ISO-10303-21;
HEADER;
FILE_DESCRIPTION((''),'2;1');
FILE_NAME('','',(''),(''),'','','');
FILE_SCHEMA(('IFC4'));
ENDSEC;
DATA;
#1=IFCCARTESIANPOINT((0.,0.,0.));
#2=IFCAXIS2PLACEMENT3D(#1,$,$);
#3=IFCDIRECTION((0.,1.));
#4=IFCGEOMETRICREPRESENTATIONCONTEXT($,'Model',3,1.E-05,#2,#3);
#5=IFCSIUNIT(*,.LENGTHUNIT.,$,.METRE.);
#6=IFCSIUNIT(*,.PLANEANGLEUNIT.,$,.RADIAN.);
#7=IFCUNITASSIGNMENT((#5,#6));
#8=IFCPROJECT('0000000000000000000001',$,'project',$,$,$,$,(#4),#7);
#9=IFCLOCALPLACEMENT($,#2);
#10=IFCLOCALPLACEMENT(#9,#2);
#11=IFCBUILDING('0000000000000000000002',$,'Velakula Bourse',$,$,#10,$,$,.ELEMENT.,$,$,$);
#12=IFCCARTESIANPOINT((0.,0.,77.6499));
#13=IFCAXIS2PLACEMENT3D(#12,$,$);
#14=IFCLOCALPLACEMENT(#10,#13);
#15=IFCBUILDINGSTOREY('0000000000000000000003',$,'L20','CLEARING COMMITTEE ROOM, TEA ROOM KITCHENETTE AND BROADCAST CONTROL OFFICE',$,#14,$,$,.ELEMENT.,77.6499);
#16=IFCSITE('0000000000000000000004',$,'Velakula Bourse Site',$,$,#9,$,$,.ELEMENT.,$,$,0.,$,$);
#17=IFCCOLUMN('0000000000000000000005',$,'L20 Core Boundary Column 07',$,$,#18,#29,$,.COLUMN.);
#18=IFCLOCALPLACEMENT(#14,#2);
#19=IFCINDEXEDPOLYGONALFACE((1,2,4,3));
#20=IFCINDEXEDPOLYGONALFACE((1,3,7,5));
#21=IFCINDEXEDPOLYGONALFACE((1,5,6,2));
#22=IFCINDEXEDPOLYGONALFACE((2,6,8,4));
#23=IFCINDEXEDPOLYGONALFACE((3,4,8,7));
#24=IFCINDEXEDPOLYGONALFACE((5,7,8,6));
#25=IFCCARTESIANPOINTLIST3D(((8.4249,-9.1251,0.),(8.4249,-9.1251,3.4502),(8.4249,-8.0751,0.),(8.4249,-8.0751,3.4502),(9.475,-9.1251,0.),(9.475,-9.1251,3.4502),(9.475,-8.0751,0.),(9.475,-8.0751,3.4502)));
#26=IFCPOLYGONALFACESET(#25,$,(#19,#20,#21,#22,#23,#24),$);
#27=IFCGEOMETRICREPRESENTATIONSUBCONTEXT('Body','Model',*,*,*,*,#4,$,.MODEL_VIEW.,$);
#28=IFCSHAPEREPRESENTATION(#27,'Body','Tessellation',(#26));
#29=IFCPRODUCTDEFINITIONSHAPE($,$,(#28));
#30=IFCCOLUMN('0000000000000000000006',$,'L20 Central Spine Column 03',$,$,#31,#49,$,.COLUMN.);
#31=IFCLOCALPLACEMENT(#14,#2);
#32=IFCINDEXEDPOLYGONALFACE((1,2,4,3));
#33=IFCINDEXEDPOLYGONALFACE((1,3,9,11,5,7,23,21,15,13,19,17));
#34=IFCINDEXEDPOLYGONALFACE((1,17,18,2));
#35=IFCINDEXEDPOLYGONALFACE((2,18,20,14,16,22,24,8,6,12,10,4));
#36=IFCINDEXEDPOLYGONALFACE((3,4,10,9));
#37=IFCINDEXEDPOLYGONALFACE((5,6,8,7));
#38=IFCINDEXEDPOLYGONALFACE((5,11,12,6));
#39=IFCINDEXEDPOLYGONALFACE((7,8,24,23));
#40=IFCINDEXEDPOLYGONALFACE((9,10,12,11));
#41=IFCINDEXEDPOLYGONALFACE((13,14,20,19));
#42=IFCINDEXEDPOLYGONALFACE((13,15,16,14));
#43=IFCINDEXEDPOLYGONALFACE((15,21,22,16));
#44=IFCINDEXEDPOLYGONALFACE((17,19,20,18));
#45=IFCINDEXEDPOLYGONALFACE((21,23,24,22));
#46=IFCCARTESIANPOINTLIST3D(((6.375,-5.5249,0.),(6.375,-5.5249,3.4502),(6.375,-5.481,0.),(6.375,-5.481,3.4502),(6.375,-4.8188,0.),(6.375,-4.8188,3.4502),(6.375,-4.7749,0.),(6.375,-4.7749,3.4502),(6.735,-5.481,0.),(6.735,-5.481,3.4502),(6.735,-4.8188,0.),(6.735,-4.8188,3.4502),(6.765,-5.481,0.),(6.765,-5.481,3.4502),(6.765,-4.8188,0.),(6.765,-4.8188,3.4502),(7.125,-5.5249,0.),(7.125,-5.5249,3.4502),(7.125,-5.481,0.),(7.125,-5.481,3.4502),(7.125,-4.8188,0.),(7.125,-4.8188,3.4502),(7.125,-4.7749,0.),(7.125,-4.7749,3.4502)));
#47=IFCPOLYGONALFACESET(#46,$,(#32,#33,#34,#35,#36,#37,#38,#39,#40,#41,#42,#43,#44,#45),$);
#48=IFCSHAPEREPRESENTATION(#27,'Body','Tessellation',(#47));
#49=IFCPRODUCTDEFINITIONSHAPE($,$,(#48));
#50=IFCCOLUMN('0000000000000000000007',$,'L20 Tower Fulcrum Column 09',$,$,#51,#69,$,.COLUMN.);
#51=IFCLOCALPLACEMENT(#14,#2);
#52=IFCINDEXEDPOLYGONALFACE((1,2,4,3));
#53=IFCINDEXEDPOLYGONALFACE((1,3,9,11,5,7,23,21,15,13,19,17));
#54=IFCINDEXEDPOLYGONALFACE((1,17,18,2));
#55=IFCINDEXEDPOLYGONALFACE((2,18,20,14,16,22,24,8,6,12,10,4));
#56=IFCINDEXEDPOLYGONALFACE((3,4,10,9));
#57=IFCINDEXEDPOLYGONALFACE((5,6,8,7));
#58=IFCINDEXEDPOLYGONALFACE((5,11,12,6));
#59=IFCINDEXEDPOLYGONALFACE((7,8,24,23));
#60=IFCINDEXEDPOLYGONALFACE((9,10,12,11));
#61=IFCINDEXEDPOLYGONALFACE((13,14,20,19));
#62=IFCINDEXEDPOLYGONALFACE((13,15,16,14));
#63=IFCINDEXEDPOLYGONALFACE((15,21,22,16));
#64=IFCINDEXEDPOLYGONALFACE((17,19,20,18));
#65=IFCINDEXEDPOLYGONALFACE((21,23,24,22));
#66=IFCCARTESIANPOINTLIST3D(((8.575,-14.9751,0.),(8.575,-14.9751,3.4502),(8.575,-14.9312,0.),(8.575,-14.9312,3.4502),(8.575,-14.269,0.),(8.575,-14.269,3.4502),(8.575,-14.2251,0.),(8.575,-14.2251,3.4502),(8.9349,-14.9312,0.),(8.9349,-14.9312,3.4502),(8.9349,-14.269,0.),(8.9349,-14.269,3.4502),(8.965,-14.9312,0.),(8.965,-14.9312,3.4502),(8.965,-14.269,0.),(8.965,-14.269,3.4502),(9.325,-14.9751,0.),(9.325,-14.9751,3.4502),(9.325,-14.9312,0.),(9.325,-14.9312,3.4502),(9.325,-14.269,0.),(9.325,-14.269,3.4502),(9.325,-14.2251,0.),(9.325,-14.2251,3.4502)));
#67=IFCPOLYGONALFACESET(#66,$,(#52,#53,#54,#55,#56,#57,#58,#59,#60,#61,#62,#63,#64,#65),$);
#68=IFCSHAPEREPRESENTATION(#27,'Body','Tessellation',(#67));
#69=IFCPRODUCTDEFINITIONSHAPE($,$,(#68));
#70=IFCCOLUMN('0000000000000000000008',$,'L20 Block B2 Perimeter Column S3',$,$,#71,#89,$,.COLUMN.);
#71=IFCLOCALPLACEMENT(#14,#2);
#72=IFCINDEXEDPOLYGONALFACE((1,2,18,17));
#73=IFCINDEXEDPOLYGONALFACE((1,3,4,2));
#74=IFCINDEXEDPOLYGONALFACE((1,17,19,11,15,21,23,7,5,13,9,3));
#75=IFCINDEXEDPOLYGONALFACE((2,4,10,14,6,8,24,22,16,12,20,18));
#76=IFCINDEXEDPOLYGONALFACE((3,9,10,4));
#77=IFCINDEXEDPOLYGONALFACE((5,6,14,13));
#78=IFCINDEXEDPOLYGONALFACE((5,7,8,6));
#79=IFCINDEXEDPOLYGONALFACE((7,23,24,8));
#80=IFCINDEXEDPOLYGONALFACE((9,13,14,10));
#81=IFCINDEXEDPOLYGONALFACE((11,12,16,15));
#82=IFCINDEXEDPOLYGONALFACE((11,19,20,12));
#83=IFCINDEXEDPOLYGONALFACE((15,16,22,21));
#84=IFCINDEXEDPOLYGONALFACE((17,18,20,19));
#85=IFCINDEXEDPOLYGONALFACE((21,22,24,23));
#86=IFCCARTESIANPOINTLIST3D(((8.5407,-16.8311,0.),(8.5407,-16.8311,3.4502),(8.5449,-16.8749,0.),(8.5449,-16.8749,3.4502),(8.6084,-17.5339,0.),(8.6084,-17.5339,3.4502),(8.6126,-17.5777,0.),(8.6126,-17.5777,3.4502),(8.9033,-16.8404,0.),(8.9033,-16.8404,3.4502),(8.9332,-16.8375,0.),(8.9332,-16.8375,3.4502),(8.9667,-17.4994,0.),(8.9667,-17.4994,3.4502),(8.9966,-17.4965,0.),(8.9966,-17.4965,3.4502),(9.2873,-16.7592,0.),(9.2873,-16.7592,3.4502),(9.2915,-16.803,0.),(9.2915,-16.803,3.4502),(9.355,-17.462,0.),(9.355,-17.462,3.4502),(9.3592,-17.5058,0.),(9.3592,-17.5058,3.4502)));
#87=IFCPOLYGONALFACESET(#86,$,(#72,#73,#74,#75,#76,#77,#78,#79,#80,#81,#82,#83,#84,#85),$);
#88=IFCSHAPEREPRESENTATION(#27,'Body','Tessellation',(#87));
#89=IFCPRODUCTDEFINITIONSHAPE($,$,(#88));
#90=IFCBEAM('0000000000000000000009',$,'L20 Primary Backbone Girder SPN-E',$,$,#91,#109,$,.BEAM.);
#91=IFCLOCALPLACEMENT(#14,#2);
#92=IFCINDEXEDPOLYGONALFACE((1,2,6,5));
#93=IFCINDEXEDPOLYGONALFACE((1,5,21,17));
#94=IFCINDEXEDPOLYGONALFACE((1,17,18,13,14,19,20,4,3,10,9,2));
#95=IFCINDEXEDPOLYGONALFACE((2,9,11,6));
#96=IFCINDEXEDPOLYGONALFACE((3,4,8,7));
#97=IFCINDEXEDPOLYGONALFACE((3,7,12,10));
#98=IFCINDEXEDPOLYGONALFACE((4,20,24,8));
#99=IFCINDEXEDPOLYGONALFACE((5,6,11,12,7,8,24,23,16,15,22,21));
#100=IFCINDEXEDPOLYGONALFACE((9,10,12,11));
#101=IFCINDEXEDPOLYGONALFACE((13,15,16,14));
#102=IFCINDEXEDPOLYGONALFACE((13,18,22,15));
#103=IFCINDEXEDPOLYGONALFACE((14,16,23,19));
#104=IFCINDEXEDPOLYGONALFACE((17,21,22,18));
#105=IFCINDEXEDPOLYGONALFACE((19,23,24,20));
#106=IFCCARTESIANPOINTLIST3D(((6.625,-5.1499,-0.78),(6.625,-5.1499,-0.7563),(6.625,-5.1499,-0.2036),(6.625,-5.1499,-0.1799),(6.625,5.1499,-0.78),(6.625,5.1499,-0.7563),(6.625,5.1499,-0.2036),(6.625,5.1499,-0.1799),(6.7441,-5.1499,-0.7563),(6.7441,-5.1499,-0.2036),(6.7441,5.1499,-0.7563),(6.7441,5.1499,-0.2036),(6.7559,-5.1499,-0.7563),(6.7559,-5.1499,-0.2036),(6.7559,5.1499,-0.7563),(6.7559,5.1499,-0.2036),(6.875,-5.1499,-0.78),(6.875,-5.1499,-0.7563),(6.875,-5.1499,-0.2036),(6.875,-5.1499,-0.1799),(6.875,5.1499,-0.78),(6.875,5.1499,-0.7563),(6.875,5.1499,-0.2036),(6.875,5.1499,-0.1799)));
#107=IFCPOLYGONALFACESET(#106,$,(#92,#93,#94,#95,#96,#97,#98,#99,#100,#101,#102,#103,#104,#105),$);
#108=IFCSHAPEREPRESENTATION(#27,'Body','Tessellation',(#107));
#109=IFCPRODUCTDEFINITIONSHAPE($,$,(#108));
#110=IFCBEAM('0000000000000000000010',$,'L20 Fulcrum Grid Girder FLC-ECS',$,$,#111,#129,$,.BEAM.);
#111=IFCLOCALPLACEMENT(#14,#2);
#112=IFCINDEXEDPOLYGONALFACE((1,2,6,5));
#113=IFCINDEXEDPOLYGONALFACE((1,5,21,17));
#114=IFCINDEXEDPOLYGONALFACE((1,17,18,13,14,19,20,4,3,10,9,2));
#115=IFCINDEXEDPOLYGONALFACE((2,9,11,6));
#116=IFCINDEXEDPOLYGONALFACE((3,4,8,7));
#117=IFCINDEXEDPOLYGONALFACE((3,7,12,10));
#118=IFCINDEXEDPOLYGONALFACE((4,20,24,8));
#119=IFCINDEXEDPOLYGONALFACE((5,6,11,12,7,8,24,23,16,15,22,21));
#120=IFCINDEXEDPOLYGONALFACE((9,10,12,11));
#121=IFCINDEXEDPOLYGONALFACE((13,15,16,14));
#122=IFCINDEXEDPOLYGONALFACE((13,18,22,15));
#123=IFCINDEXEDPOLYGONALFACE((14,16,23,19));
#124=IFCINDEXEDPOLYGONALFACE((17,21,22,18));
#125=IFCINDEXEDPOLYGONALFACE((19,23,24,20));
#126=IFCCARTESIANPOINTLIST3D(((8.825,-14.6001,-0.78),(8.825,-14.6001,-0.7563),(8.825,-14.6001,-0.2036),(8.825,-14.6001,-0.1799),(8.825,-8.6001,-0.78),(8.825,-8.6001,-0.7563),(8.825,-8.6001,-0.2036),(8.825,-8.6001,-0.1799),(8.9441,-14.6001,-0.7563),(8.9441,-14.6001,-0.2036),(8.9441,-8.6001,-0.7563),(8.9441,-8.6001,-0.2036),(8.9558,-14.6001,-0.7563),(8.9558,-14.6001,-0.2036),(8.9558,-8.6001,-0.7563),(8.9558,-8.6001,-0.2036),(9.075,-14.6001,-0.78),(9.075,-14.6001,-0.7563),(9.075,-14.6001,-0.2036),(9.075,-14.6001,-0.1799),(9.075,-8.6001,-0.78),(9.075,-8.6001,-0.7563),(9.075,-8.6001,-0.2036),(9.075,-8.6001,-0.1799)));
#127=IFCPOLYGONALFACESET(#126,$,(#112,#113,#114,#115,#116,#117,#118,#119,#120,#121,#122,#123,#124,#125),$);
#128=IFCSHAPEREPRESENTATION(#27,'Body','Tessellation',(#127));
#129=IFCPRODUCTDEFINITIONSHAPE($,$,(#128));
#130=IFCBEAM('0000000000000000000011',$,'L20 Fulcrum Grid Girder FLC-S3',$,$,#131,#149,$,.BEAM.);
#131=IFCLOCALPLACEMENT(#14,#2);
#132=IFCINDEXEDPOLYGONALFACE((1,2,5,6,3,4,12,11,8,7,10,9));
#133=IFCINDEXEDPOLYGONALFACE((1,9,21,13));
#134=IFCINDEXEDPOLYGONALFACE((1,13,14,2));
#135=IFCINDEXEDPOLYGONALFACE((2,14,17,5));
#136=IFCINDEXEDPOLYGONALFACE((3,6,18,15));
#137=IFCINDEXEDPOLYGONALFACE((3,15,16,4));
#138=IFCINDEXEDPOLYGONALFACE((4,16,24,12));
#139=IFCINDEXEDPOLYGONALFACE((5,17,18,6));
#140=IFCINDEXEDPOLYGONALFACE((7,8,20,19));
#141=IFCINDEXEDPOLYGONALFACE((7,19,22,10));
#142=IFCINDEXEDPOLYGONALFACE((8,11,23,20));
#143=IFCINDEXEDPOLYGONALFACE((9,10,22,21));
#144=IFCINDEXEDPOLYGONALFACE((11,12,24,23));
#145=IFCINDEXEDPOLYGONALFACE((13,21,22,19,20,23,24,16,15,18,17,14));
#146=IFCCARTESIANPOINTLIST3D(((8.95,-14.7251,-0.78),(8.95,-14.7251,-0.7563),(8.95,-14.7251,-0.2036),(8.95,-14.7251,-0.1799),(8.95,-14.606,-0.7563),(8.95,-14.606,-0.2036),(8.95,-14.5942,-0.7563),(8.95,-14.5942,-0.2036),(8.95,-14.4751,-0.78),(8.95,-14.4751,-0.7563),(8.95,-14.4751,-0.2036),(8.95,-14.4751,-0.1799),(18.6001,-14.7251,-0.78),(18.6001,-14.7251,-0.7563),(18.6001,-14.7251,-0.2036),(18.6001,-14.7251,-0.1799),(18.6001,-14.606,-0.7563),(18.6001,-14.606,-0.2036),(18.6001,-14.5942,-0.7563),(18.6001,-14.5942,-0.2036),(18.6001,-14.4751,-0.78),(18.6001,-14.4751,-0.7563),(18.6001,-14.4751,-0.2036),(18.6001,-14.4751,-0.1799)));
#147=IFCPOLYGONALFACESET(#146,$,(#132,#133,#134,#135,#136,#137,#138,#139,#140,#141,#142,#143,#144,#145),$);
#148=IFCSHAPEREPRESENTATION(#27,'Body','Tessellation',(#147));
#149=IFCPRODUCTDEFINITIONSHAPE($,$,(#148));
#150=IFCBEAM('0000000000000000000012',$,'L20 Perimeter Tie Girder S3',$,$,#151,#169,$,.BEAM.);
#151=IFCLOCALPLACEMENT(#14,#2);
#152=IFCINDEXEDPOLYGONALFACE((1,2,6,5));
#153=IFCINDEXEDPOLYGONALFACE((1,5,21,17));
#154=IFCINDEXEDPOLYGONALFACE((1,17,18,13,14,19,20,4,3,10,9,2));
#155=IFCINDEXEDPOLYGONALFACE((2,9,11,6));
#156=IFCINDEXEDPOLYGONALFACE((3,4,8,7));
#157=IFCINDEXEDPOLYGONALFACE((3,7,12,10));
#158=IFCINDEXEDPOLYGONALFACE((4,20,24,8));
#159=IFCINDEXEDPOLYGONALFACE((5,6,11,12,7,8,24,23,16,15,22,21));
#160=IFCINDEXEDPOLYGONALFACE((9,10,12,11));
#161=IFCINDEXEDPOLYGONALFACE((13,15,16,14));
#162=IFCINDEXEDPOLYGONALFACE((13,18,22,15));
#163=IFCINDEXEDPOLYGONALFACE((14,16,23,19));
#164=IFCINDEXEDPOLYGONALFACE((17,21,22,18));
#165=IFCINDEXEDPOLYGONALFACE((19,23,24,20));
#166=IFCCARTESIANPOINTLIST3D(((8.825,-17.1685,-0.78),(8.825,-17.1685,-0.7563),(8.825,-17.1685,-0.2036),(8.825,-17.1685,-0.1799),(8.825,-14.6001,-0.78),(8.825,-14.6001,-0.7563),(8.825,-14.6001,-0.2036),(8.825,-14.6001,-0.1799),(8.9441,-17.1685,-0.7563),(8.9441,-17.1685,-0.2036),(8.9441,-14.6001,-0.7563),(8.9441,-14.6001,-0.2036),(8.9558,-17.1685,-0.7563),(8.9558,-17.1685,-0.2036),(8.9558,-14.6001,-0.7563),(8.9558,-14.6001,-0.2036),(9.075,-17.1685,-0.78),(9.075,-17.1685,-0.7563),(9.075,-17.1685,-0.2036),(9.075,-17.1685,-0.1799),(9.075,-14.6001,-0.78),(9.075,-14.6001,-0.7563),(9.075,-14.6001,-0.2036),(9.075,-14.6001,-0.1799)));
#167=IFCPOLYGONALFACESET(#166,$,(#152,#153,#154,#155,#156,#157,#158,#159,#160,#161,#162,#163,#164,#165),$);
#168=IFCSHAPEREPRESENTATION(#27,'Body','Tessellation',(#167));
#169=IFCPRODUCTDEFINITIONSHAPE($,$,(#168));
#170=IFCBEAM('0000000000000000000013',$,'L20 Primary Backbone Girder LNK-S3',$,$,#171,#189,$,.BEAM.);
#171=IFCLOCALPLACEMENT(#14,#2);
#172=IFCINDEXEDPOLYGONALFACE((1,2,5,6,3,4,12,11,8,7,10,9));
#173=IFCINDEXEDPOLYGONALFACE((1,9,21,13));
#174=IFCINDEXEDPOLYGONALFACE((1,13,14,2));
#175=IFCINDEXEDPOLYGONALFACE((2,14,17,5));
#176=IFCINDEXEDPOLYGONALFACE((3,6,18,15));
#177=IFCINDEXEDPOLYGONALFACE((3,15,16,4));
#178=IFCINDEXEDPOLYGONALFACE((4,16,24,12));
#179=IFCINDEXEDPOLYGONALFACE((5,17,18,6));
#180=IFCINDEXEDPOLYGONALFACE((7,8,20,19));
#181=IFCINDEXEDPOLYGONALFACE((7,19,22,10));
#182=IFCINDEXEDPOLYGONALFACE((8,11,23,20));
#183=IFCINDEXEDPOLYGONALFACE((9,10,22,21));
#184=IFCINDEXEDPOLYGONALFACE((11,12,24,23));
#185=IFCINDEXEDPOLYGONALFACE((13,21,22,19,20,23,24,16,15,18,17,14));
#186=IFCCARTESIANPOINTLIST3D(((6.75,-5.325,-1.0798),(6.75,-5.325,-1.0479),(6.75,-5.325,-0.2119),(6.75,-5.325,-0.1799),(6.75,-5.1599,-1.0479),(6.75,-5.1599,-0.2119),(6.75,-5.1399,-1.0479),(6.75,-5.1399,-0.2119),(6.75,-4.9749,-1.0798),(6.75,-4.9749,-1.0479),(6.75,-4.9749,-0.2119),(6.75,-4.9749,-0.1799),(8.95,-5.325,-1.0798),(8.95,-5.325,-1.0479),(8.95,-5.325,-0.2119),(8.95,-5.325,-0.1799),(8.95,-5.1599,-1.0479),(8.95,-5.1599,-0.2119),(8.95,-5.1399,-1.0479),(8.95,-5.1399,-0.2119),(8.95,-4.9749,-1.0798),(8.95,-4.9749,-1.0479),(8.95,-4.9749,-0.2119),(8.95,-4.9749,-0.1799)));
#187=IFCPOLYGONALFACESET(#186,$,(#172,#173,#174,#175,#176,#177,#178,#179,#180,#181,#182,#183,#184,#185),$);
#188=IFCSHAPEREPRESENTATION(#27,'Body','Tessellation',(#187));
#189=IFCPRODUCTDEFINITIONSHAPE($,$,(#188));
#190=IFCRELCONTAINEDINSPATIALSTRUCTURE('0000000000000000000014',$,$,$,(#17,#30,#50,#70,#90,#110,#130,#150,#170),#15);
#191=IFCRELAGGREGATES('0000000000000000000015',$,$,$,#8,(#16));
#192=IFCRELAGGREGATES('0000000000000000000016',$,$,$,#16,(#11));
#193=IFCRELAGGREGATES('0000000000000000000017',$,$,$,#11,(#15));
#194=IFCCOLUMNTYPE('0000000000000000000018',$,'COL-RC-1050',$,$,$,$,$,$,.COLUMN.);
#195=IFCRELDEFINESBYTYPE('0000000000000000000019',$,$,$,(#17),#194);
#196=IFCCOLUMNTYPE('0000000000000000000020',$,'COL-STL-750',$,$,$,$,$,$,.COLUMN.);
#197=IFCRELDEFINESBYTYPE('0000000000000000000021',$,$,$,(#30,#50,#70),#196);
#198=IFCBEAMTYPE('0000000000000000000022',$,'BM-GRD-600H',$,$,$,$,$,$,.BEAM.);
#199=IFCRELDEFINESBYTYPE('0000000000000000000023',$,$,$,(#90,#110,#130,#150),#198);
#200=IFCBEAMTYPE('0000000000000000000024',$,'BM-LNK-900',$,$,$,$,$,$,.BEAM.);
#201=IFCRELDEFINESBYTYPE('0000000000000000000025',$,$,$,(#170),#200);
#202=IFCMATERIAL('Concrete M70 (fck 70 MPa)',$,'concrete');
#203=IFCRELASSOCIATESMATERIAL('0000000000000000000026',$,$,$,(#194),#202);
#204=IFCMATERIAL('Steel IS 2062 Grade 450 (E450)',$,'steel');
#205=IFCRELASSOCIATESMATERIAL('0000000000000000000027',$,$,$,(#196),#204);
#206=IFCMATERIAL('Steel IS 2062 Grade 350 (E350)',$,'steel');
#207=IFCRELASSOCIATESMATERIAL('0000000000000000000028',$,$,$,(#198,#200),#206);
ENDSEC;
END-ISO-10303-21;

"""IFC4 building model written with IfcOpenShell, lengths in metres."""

from ifc_helpers import new_model, si_unit, direction, frame, origin, origin_2d, place, context, subcontext, project, spatial, rectangle, i_section, extrude, material, material_profile, profile_set, type_object, element, save


model = new_model("IFC4")

# Units and contexts
model_context = context("Model", 3, precision=1e-05, world=origin(), true_north=direction((0.0, 1.0)))
body_context = subcontext(model_context, "Body", "Model", "MODEL_VIEW")
ifc_project = project(units=[si_unit("LENGTHUNIT", "METRE"), si_unit("PLANEANGLEUNIT", "RADIAN")], contexts=[model_context])

# Site, building, storey
site_placement = place(None, origin())
site = spatial("IfcSite", under=ifc_project, at=site_placement, Name="Velakula Bourse Site", CompositionType="ELEMENT", RefElevation=0.0)
building_placement = place(site_placement, origin())
building = spatial("IfcBuilding", under=site, at=building_placement, Name="Velakula Bourse", CompositionType="ELEMENT")
storey_placement = place(building_placement, frame((0.0, 0.0, 77.6499)))
storey = spatial("IfcBuildingStorey", under=building, at=storey_placement, Name="L20", Description="CLEARING COMMITTEE ROOM, TEA ROOM KITCHENETTE AND BROADCAST CONTROL OFFICE", CompositionType="ELEMENT", Elevation=77.6499)

# Columns
ifc_material_1 = material(Name="Concrete M70 (fck 70 MPa)", Category="concrete")
ifc_material_profile_1 = material_profile(ifc_material_1, rectangle(XDim=1.05, YDim=1.05, at=origin_2d()), Name="Concrete M70 (fck 70 MPa)")
ifc_profile_set_1 = profile_set([ifc_material_profile_1], Name="Concrete M70 (fck 70 MPa)")
column_type_1 = type_object("IfcColumnType", Name="COL-RC-1050", PredefinedType="COLUMN", material=ifc_profile_set_1)
column_placement = place(storey_placement, frame((8.95, -8.6001, 0.0), z_axis=(0.0, 0.0, 1.0), x_axis=(1.0, 0.0, 0.0)))
element("IfcColumn", 1, at=column_placement, inside=storey, type_object=column_type_1, Name="L20 Core Boundary Column 07", PredefinedType="COLUMN", context=body_context, shape_type="SweptSolid", body=[
    extrude(rectangle(XDim=1.05, YDim=1.05, at=origin_2d()), origin(), (0.0, 0.0, 1.0), 3.4502),
])
ifc_material_2 = material(Name="Steel IS 2062 Grade 450 (E450)", Category="steel")
ifc_material_profile_2 = material_profile(ifc_material_2, i_section(OverallWidth=0.75, OverallDepth=0.75, WebThickness=0.03, FlangeThickness=0.0439, at=origin_2d()), Name="Steel IS 2062 Grade 450 (E450)")
ifc_profile_set_2 = profile_set([ifc_material_profile_2], Name="Steel IS 2062 Grade 450 (E450)")
column_type_2 = type_object("IfcColumnType", Name="COL-STL-750", PredefinedType="COLUMN", material=ifc_profile_set_2)
for number, where, z_axis, x_axis, name in (
    (2, (6.75, -5.1499, 0.0), (0.0, 0.0, 1.0), (1.0, 0.0, 0.0), "L20 Central Spine Column 03"),
    (3, (8.95, -14.6001, 0.0), (0.0, 0.0, 1.0), (1.0, 0.0, 0.0), "L20 Tower Fulcrum Column 09"),
    (4, (8.95, -17.1685, 0.0), (0.0, 0.0, 1.0), (0.995396, 0.095846, 0.0), "L20 Block B2 Perimeter Column S3"),
):
    element("IfcColumn", number, at=place(storey_placement, frame(where, z_axis=z_axis, x_axis=x_axis)), inside=storey, type_object=column_type_2, Name=name, PredefinedType="COLUMN", context=body_context, shape_type="SweptSolid", body=[
        extrude(i_section(OverallWidth=0.75, OverallDepth=0.75, WebThickness=0.03, FlangeThickness=0.0439, at=origin_2d()), origin(), (0.0, 0.0, 1.0), 3.4502),
    ])

# Beams
ifc_material_3 = material(Name="Steel IS 2062 Grade 350 (E350)", Category="steel")
ifc_material_profile_3 = material_profile(ifc_material_3, i_section(OverallWidth=0.25, OverallDepth=0.6001, WebThickness=0.0117, FlangeThickness=0.0237, at=origin_2d()), Name="Steel IS 2062 Grade 350 (E350)")
ifc_profile_set_3 = profile_set([ifc_material_profile_3], Name="Steel IS 2062 Grade 350 (E350)")
beam_type_1 = type_object("IfcBeamType", Name="BM-GRD-600H", PredefinedType="BEAM", material=ifc_profile_set_3)
beam_1_placement = place(storey_placement, frame((6.75, -5.1499, -0.48), z_axis=(0.0, 1.0, 0.0), x_axis=(-1.0, 0.0, 0.0)))
element("IfcBeam", 5, at=beam_1_placement, inside=storey, type_object=beam_type_1, Name="L20 Primary Backbone Girder SPN-E", PredefinedType="BEAM", context=body_context, shape_type="SweptSolid", body=[
    extrude(i_section(OverallWidth=0.25, OverallDepth=0.6001, WebThickness=0.0117, FlangeThickness=0.0237, at=origin_2d()), origin(), (0.0, 0.0, 1.0), 10.2998),
])
beam_2_placement = place(storey_placement, frame((8.95, -14.6001, -0.48), z_axis=(0.0, 1.0, 0.0), x_axis=(-1.0, 0.0, 0.0)))
element("IfcBeam", 6, at=beam_2_placement, inside=storey, type_object=beam_type_1, Name="L20 Fulcrum Grid Girder FLC-ECS", PredefinedType="BEAM", context=body_context, shape_type="SweptSolid", body=[
    extrude(i_section(OverallWidth=0.25, OverallDepth=0.6001, WebThickness=0.0117, FlangeThickness=0.0237, at=origin_2d()), origin(), (0.0, 0.0, 1.0), 6.0),
])
beam_3_placement = place(storey_placement, frame((8.95, -14.6001, -0.48), z_axis=(1.0, 0.0, 0.0), x_axis=(0.0, 1.0, 0.0)))
element("IfcBeam", 7, at=beam_3_placement, inside=storey, type_object=beam_type_1, Name="L20 Fulcrum Grid Girder FLC-S3", PredefinedType="BEAM", context=body_context, shape_type="SweptSolid", body=[
    extrude(i_section(OverallWidth=0.25, OverallDepth=0.6001, WebThickness=0.0117, FlangeThickness=0.0237, at=origin_2d()), origin(), (0.0, 0.0, 1.0), 9.6501),
])
beam_4_placement = place(storey_placement, frame((8.95, -14.6001, -0.48), z_axis=(0.0, -1.0, 0.0), x_axis=(1.0, 0.0, 0.0)))
element("IfcBeam", 8, at=beam_4_placement, inside=storey, type_object=beam_type_1, Name="L20 Perimeter Tie Girder S3", PredefinedType="BEAM", context=body_context, shape_type="SweptSolid", body=[
    extrude(i_section(OverallWidth=0.25, OverallDepth=0.6001, WebThickness=0.0117, FlangeThickness=0.0237, at=origin_2d()), origin(), (0.0, 0.0, 1.0), 2.5684),
])
ifc_material_profile_4 = material_profile(ifc_material_3, i_section(OverallWidth=0.3501, OverallDepth=0.8999, WebThickness=0.02, FlangeThickness=0.032, at=origin_2d()), Name="Steel IS 2062 Grade 350 (E350)")
ifc_profile_set_4 = profile_set([ifc_material_profile_4], Name="Steel IS 2062 Grade 350 (E350)")
beam_type_2 = type_object("IfcBeamType", Name="BM-LNK-900", PredefinedType="BEAM", material=ifc_profile_set_4)
beam_5_placement = place(storey_placement, frame((6.75, -5.1499, -0.6299), z_axis=(1.0, 0.0, 0.0), x_axis=(0.0, 1.0, 0.0)))
element("IfcBeam", 9, at=beam_5_placement, inside=storey, type_object=beam_type_2, Name="L20 Primary Backbone Girder LNK-S3", PredefinedType="BEAM", context=body_context, shape_type="SweptSolid", body=[
    extrude(i_section(OverallWidth=0.3501, OverallDepth=0.8999, WebThickness=0.02, FlangeThickness=0.032, at=origin_2d()), origin(), (0.0, 0.0, 1.0), 2.2),
])

save(model, "model.ifc")
